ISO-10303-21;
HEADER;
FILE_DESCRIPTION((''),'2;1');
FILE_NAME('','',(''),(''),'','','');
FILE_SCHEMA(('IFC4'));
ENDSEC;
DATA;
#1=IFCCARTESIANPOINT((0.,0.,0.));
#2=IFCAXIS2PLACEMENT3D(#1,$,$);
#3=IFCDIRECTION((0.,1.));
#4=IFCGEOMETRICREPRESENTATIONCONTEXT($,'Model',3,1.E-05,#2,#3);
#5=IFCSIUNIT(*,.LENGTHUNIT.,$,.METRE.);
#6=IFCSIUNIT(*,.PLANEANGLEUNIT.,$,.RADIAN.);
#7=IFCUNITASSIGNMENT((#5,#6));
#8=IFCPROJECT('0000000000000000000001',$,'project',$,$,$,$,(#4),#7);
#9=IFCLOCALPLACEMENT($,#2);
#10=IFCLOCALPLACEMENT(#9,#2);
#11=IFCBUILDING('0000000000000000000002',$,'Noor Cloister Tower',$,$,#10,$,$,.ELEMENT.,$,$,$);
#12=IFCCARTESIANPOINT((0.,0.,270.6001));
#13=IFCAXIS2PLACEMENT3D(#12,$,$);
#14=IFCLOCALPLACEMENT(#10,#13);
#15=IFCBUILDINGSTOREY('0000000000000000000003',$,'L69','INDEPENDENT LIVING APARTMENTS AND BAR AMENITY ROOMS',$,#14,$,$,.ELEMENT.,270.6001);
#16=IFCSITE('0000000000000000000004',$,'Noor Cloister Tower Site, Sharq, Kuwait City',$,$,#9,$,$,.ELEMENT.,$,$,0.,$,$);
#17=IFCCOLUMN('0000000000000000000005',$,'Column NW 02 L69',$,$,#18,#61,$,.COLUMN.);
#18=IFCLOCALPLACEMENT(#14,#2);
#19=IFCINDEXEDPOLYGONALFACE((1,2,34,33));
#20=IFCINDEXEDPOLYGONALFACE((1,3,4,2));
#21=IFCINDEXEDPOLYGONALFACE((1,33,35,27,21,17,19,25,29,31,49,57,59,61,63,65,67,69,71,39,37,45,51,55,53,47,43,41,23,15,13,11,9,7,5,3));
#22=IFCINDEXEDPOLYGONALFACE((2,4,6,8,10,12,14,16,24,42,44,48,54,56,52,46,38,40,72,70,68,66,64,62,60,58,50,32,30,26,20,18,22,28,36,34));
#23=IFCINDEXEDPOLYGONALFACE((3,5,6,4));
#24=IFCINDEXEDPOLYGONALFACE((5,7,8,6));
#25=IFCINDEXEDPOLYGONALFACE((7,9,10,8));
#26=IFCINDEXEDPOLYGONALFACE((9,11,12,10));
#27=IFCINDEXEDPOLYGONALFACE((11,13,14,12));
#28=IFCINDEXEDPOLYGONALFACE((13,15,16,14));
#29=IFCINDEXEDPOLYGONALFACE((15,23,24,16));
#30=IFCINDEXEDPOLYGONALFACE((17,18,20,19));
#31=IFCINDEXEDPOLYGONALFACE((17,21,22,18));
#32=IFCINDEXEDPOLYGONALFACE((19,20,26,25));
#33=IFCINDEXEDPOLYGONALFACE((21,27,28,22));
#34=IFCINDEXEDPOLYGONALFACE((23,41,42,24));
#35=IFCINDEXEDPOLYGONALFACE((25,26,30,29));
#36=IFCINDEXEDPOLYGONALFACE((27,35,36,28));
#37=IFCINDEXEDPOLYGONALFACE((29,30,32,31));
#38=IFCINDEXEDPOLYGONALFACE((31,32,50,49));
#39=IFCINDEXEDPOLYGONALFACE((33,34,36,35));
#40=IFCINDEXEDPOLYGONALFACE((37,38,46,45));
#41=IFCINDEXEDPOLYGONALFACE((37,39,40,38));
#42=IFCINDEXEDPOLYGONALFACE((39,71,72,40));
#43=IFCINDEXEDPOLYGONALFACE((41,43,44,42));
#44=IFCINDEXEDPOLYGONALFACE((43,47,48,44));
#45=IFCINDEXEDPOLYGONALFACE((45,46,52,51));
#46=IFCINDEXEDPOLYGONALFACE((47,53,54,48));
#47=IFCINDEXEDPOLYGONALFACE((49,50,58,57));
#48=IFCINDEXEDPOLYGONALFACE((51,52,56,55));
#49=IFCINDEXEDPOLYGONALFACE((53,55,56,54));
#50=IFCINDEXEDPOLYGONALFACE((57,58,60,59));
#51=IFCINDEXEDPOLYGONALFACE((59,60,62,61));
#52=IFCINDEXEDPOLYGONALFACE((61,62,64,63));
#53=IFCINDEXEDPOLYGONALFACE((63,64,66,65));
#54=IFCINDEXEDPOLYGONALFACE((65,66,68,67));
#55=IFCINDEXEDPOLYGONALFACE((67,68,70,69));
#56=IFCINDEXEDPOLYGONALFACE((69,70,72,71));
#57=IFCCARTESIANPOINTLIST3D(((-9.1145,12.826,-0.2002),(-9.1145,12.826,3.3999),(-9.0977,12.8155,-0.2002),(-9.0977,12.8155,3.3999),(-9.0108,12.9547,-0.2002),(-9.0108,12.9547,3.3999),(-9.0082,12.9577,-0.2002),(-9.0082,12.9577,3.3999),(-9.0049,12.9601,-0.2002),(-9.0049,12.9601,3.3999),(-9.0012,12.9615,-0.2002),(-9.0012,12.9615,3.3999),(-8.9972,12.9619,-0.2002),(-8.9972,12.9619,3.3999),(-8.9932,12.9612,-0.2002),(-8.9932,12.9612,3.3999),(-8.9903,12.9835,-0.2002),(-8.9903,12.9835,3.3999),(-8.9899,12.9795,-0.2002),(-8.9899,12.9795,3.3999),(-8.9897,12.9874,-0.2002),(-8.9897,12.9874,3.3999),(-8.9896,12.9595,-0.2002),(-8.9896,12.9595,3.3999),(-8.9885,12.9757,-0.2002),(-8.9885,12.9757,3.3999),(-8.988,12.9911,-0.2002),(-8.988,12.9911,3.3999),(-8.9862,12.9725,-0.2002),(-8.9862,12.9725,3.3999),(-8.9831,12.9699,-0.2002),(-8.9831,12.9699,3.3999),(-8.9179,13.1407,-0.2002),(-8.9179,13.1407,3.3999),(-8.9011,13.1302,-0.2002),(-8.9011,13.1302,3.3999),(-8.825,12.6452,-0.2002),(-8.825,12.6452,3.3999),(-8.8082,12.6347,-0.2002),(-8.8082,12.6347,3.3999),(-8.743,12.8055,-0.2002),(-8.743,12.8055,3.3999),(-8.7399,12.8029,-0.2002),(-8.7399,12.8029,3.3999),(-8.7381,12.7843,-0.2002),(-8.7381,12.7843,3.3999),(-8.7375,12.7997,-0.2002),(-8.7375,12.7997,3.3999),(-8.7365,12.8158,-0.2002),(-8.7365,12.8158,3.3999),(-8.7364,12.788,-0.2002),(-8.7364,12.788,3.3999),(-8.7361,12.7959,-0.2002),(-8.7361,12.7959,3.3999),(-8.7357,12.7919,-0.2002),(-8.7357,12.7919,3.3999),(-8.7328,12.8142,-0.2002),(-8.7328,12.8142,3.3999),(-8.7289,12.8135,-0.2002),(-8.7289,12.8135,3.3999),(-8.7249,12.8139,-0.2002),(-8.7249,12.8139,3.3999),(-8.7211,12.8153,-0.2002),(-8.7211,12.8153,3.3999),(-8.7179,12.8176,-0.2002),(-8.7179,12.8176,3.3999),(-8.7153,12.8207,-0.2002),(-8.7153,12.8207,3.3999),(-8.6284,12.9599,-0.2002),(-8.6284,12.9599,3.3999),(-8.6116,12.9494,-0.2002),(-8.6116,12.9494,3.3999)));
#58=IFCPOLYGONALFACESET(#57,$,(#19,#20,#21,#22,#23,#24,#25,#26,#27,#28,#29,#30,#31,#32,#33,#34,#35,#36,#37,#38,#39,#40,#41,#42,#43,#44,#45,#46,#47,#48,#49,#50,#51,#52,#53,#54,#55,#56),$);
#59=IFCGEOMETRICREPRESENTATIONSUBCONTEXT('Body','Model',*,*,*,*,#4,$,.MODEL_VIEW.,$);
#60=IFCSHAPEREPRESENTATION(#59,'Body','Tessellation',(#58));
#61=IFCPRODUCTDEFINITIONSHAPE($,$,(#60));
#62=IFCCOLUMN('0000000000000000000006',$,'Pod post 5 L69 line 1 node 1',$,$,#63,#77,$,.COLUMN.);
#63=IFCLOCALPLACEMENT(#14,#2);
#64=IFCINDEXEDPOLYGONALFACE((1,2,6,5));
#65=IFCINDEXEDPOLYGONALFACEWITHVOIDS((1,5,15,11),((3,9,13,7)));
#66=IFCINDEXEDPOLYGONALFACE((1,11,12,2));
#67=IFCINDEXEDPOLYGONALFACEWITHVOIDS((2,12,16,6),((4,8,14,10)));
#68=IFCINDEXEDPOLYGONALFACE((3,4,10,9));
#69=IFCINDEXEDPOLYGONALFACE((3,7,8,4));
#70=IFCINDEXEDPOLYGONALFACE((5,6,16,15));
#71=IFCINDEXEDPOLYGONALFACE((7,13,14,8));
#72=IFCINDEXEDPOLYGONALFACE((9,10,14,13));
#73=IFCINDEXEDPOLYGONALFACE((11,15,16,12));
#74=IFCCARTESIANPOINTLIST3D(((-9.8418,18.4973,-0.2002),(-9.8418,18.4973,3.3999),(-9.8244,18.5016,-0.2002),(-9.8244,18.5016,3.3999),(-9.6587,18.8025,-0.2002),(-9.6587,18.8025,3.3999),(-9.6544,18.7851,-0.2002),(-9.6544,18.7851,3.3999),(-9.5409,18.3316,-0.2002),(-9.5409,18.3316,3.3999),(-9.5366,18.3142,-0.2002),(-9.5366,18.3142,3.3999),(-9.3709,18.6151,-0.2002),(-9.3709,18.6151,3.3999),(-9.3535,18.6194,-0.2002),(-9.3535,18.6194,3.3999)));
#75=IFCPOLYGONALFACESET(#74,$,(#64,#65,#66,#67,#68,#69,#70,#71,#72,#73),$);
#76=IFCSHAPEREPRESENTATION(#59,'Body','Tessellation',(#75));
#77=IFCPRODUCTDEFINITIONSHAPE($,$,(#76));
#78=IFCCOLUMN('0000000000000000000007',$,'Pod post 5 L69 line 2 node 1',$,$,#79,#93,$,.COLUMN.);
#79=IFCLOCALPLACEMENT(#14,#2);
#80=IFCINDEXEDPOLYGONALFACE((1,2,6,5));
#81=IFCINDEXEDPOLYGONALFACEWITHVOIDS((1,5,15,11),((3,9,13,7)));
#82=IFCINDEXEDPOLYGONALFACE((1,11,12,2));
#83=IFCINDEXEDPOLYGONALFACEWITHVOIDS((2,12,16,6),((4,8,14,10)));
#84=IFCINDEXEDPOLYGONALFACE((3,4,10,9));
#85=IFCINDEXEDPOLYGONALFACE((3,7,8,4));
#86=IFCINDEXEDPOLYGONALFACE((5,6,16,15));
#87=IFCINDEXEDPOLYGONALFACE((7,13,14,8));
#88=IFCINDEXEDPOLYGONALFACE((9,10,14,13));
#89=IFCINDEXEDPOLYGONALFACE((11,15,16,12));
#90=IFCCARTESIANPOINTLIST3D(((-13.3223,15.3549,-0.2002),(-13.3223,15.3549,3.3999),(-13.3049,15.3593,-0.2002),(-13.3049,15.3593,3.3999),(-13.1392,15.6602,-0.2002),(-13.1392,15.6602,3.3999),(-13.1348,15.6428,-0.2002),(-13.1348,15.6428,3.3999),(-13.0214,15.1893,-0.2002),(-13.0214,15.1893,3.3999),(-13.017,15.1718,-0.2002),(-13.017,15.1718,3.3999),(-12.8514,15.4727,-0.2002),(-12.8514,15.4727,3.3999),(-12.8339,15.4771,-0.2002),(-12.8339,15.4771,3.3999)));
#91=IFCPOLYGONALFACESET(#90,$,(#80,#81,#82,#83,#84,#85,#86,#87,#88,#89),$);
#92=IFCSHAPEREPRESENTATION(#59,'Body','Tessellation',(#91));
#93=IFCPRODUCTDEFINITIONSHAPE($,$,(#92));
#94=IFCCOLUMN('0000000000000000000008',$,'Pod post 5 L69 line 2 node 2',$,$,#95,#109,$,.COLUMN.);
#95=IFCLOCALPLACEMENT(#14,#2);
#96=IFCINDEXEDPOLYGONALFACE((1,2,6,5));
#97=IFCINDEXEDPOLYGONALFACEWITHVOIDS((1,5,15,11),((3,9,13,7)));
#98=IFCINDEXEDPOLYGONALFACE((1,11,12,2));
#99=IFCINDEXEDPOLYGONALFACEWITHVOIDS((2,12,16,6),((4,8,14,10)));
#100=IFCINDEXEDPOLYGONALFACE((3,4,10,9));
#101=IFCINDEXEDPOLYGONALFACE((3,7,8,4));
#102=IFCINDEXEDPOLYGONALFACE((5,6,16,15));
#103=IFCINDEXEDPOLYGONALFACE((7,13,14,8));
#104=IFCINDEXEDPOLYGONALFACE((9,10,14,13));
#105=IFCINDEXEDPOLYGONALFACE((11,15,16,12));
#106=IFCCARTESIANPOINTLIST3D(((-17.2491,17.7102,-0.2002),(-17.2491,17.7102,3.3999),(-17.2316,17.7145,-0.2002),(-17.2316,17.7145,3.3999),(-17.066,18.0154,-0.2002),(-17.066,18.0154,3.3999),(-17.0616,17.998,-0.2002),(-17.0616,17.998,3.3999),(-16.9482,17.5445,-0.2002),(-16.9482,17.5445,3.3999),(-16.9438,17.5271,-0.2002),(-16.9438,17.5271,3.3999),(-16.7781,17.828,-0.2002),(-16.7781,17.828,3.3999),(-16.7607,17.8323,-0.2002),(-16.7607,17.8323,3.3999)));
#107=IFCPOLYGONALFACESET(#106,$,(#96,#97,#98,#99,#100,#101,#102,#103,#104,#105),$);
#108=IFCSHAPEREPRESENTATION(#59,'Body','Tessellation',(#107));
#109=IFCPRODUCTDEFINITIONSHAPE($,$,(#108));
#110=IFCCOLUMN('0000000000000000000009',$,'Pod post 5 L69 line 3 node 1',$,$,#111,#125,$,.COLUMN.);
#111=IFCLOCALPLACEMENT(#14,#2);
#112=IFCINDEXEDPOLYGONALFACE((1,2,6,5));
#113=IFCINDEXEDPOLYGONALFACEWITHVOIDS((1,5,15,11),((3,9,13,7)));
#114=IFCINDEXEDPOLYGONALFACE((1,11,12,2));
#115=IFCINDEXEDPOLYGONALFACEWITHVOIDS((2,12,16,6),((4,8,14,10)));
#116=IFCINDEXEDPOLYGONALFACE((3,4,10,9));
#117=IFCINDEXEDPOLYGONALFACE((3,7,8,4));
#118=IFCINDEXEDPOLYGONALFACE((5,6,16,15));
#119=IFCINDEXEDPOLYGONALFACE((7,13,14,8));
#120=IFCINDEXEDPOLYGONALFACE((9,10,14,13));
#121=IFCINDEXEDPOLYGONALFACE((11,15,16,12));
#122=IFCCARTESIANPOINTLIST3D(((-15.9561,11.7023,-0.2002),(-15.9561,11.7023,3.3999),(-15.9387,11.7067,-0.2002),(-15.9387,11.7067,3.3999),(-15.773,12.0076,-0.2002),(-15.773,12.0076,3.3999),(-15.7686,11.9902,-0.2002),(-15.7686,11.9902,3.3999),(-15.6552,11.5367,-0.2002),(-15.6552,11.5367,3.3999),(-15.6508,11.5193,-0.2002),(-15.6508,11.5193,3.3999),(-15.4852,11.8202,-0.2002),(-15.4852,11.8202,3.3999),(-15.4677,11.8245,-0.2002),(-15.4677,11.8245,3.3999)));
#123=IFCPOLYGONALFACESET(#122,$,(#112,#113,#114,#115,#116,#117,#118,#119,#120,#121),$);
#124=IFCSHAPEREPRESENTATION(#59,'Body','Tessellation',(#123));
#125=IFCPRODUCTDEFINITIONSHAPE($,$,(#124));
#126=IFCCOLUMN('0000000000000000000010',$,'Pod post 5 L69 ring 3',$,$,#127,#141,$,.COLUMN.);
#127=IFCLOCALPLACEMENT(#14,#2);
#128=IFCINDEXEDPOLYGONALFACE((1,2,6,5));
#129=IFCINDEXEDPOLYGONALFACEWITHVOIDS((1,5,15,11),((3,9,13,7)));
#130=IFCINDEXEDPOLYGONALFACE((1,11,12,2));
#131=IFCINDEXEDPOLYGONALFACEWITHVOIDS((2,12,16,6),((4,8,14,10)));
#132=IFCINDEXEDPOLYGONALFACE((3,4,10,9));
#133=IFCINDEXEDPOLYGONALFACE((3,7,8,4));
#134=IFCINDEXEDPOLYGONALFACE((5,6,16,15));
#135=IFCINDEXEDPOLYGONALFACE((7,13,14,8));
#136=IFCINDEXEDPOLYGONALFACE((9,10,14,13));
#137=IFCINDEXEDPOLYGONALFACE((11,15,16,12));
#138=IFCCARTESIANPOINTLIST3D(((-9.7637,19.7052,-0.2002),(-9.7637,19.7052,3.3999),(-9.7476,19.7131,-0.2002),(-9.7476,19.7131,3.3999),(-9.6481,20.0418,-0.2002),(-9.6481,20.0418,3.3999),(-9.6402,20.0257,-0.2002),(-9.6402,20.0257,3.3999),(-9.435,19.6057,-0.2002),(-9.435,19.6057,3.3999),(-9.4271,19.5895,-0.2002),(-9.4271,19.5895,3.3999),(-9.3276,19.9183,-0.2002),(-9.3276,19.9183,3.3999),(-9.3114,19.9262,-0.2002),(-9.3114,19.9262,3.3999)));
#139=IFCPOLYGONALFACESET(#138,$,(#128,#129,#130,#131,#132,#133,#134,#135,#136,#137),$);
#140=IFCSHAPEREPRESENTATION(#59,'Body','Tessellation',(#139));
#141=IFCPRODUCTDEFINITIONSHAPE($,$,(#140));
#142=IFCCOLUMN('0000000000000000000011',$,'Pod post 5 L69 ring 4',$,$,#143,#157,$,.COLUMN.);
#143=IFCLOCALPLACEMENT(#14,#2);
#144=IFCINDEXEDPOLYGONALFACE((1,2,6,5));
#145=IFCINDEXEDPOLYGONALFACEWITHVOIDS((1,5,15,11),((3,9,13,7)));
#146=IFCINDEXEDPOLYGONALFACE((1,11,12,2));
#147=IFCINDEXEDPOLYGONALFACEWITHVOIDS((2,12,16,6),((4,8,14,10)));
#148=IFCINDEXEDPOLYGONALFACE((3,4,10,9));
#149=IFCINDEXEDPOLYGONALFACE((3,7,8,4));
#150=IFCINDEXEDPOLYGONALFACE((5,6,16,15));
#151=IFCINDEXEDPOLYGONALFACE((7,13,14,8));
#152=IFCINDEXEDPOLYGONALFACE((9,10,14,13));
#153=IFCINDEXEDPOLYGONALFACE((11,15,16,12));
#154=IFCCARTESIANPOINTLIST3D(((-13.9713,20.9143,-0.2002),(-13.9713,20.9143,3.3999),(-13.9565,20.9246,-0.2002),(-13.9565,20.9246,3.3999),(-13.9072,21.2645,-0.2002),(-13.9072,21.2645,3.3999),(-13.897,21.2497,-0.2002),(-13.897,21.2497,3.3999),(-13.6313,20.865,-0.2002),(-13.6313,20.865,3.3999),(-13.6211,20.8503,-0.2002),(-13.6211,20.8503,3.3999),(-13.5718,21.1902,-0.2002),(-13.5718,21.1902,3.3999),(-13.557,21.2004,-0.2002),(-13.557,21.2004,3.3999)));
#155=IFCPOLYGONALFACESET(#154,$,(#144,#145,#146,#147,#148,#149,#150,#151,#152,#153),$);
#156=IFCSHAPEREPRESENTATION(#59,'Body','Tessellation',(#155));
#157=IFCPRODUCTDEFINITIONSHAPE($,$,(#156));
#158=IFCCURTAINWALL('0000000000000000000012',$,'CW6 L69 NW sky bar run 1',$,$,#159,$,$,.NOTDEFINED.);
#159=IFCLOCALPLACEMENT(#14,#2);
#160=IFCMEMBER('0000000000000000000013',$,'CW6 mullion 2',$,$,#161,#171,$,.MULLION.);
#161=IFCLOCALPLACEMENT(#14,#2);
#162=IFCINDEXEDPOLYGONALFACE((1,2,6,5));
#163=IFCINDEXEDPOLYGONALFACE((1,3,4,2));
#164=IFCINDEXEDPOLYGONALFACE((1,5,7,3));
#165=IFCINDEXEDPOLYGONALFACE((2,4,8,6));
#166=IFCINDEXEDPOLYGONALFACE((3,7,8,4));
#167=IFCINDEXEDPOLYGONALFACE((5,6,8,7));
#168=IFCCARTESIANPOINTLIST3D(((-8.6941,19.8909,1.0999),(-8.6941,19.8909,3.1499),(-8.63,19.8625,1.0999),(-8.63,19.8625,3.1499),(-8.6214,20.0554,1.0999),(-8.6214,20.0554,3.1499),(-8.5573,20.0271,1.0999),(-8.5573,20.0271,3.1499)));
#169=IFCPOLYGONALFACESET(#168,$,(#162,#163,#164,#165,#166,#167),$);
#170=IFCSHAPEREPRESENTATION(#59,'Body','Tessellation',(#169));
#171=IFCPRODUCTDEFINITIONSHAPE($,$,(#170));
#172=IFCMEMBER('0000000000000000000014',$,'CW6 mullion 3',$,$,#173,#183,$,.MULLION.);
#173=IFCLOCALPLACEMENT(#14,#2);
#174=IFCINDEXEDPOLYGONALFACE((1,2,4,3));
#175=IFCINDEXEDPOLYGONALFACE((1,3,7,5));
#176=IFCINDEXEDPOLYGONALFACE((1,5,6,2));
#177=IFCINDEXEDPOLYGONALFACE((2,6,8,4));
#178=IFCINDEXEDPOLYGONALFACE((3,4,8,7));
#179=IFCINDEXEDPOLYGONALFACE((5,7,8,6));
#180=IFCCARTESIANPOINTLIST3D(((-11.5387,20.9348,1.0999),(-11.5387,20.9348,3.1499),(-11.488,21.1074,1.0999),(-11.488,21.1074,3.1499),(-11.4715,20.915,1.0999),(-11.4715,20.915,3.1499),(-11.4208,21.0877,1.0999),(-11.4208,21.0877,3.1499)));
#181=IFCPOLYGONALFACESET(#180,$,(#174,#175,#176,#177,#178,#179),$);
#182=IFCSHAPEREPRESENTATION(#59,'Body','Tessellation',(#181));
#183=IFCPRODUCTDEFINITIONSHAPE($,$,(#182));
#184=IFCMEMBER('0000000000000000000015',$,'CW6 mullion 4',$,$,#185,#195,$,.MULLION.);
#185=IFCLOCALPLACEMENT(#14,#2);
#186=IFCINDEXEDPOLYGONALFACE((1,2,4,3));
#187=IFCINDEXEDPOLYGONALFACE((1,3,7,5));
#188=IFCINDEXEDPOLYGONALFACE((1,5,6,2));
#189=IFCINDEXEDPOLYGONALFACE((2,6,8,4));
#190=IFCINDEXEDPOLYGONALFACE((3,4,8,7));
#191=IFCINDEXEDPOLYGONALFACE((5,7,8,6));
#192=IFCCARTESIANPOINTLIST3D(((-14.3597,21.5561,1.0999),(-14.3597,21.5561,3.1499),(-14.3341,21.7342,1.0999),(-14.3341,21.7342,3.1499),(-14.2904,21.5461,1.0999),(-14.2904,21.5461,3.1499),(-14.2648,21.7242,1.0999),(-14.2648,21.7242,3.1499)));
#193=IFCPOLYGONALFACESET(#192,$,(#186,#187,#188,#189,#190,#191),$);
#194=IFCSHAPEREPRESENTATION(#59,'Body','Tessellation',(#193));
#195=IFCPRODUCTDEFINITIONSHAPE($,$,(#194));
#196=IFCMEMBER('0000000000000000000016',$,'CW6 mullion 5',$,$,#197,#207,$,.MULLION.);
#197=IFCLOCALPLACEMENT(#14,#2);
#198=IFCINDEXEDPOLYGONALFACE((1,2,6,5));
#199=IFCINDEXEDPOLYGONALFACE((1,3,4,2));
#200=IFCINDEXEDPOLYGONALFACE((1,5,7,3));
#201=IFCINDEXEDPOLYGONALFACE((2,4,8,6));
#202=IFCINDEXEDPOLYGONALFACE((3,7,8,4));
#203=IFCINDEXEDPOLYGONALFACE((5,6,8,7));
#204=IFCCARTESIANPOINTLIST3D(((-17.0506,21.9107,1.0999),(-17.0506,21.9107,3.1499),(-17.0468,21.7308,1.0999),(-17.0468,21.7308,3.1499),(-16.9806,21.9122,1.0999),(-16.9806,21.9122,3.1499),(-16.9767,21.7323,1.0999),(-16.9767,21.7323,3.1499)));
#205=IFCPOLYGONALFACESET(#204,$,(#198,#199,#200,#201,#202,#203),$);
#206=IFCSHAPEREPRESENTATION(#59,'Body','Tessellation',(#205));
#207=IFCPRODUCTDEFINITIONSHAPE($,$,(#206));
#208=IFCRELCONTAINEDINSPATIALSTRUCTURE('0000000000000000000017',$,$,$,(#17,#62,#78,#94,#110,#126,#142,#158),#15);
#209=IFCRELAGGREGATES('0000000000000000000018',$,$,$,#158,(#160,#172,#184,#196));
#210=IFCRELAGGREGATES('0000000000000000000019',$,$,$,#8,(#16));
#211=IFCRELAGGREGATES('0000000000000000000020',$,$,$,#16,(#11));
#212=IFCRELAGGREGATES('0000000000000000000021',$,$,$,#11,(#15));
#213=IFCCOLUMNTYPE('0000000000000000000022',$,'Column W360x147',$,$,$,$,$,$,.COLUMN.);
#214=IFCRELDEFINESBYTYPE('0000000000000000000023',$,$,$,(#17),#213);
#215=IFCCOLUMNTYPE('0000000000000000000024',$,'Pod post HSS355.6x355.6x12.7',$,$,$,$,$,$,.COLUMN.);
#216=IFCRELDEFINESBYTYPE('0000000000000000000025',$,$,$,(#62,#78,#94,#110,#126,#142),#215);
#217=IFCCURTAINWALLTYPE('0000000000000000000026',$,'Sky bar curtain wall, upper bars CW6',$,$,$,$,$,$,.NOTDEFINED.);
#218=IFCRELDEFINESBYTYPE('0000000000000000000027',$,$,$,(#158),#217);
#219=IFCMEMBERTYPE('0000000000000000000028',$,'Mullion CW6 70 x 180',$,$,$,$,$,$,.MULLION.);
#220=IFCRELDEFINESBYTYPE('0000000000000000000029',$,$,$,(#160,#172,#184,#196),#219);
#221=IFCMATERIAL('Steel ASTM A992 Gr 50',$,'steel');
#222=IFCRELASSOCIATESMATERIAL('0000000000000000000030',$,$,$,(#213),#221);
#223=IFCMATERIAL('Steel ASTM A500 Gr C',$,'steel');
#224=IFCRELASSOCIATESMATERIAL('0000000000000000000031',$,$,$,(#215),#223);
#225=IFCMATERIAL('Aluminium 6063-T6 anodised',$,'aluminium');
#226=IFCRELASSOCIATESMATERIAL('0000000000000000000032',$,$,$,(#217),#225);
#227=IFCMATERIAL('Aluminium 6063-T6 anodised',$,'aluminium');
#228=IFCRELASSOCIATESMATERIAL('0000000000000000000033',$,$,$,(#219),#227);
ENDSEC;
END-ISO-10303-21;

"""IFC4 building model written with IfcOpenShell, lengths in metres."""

from ifc_helpers import new_model, si_unit, direction, frame, origin, origin_2d, place, context, subcontext, project, spatial, rectangle, hollow_rectangle, i_section, extrude, material, material_profile, profile_set, type_object, element, aggregate, save


model = new_model("IFC4")

# Units and contexts
model_context = context("Model", 3, precision=1e-05, world=origin(), true_north=direction((0.0, 1.0)))
body_context = subcontext(model_context, "Body", "Model", "MODEL_VIEW")
ifc_project = project(units=[si_unit("LENGTHUNIT", "METRE"), si_unit("PLANEANGLEUNIT", "RADIAN")], contexts=[model_context])

# Site, building, storey
site_placement = place(None, origin())
site = spatial("IfcSite", under=ifc_project, at=site_placement, Name="Noor Cloister Tower Site, Sharq, Kuwait City", CompositionType="ELEMENT", RefElevation=0.0)
building_placement = place(site_placement, origin())
building = spatial("IfcBuilding", under=site, at=building_placement, Name="Noor Cloister Tower", CompositionType="ELEMENT")
storey_placement = place(building_placement, frame((0.0, 0.0, 270.6001)))
storey = spatial("IfcBuildingStorey", under=building, at=storey_placement, Name="L69", Description="INDEPENDENT LIVING APARTMENTS AND BAR AMENITY ROOMS", CompositionType="ELEMENT", Elevation=270.6001)

# Columns
ifc_material_1 = material(Name="Steel ASTM A992 Gr 50", Category="steel")
ifc_material_profile_1 = material_profile(ifc_material_1, i_section(OverallWidth=0.3711, OverallDepth=0.3611, WebThickness=0.0122, FlangeThickness=0.0198, FilletRadius=0.0154, at=origin_2d()), Name="W360x147")
ifc_profile_set_1 = profile_set([ifc_material_profile_1], Name="Steel ASTM A992 Gr 50")
column_type_1 = type_object("IfcColumnType", Name="Column W360x147", PredefinedType="COLUMN", material=ifc_profile_set_1)
column_placement = place(storey_placement, frame((-8.863, 12.8877, -0.2002), z_axis=(0.0, 0.0, 1.0), x_axis=(-0.529819, -0.848111, 0.0)))
element("IfcColumn", 1, at=column_placement, inside=storey, type_object=column_type_1, Name="Column NW 02 L69", PredefinedType="COLUMN", context=body_context, shape_type="SweptSolid", body=[
    extrude(i_section(OverallWidth=0.3711, OverallDepth=0.3611, WebThickness=0.0122, FlangeThickness=0.0198, FilletRadius=0.0154, at=origin_2d()), origin(), (0.0, 0.0, 1.0), 3.6001),
])
ifc_material_2 = material(Name="Steel ASTM A500 Gr C", Category="steel")
ifc_material_profile_2 = material_profile(ifc_material_2, hollow_rectangle(XDim=0.356, YDim=0.356, WallThickness=0.0127, at=origin_2d()), Name="HSS355.6x355.6x12.7")
ifc_profile_set_2 = profile_set([ifc_material_profile_2], Name="Steel ASTM A500 Gr C")
column_type_2 = type_object("IfcColumnType", Name="Pod post HSS355.6x355.6x12.7", PredefinedType="COLUMN", material=ifc_profile_set_2)
for number, where, z_axis, x_axis, name in (
    (2, (-9.5977, 18.5583, -0.2002), (0.0, 0.0, 1.0), (-0.857567, 0.514373, 0.0), "Pod post 5 L69 line 1 node 1"),
    (3, (-13.0781, 15.416, -0.2002), (0.0, 0.0, 1.0), (-0.857567, 0.514373, 0.0), "Pod post 5 L69 line 2 node 1"),
    (4, (-17.0049, 17.7712, -0.2002), (0.0, 0.0, 1.0), (-0.857567, 0.514373, 0.0), "Pod post 5 L69 line 2 node 2"),
    (5, (-15.7119, 11.7634, -0.2002), (0.0, 0.0, 1.0), (-0.857567, 0.514373, 0.0), "Pod post 5 L69 line 3 node 1"),
    (6, (-9.5376, 19.8157, -0.2002), (0.0, 0.0, 1.0), (-0.945746, 0.324908, 0.0), "Pod post 5 L69 ring 3"),
    (7, (-13.7642, 21.0574, -0.2002), (0.0, 0.0, 1.0), (-0.983656, 0.180056, 0.0), "Pod post 5 L69 ring 4"),
):
    element("IfcColumn", number, at=place(storey_placement, frame(where, z_axis=z_axis, x_axis=x_axis)), inside=storey, type_object=column_type_2, Name=name, PredefinedType="COLUMN", context=body_context, shape_type="SweptSolid", body=[
        extrude(hollow_rectangle(XDim=0.356, YDim=0.356, WallThickness=0.0127, at=origin_2d()), origin(), (0.0, 0.0, 1.0), 3.6001),
    ])

# Curtain wall, members
ifc_material_3 = material(Name="Aluminium 6063-T6 anodised", Category="aluminium")
curtain_wall_type = type_object("IfcCurtainWallType", Name="Sky bar curtain wall, upper bars CW6", PredefinedType="NOTDEFINED", material=ifc_material_3)
curtain_wall_placement = place(storey_placement, origin())
curtain_wall = element("IfcCurtainWall", 8, at=curtain_wall_placement, inside=storey, type_object=curtain_wall_type, Name="CW6 L69 NW sky bar run 1", PredefinedType="NOTDEFINED")
ifc_material_4 = material(Name="Aluminium 6063-T6 anodised", Category="aluminium")
ifc_material_profile_3 = material_profile(ifc_material_4, rectangle(XDim=0.1799, YDim=0.0701, at=origin_2d()), Name="180 x 70 mullion")
ifc_profile_set_3 = profile_set([ifc_material_profile_3], Name="Aluminium 6063-T6 anodised")
member_type = type_object("IfcMemberType", Name="Mullion CW6 70 x 180", PredefinedType="MULLION", material=ifc_profile_set_3)
member_1_placement = place(storey_placement, frame((-8.6257, 19.959, 1.0999), z_axis=(0.0, 0.0, 1.0), x_axis=(-0.404177, -0.914681, 0.0)))
member_1 = element("IfcMember", 9, at=member_1_placement, type_object=member_type, Name="CW6 mullion 2", PredefinedType="MULLION", context=body_context, shape_type="SweptSolid", body=[
    extrude(rectangle(XDim=0.1799, YDim=0.0701, at=origin_2d()), origin(), (0.0, 0.0, 1.0), 2.05),
])
member_2_placement = place(storey_placement, frame((-11.4797, 21.0112, 1.0999), z_axis=(0.0, 0.0, 1.0), x_axis=(-0.281958, -0.959427, 0.0)))
member_2 = element("IfcMember", 10, at=member_2_placement, type_object=member_type, Name="CW6 mullion 3", PredefinedType="MULLION", context=body_context, shape_type="SweptSolid", body=[
    extrude(rectangle(XDim=0.1799, YDim=0.0701, at=origin_2d()), origin(), (0.0, 0.0, 1.0), 2.05),
])
member_3_placement = place(storey_placement, frame((-14.3123, 21.6401, 1.0999), z_axis=(0.0, 0.0, 1.0), x_axis=(-0.142274, -0.989827, 0.0)))
member_3 = element("IfcMember", 11, at=member_3_placement, type_object=member_type, Name="CW6 mullion 4", PredefinedType="MULLION", context=body_context, shape_type="SweptSolid", body=[
    extrude(rectangle(XDim=0.1799, YDim=0.0701, at=origin_2d()), origin(), (0.0, 0.0, 1.0), 2.05),
])
member_4_placement = place(storey_placement, frame((-17.0137, 21.8215, 1.0999), z_axis=(0.0, 0.0, 1.0), x_axis=(0.021296, -0.999773, 0.0)))
member_4 = element("IfcMember", 12, at=member_4_placement, type_object=member_type, Name="CW6 mullion 5", PredefinedType="MULLION", context=body_context, shape_type="SweptSolid", body=[
    extrude(rectangle(XDim=0.1799, YDim=0.0701, at=origin_2d()), origin(), (0.0, 0.0, 1.0), 2.05),
])

aggregate(curtain_wall, [member_1, member_2, member_3, member_4])

save(model, "model.ifc")
